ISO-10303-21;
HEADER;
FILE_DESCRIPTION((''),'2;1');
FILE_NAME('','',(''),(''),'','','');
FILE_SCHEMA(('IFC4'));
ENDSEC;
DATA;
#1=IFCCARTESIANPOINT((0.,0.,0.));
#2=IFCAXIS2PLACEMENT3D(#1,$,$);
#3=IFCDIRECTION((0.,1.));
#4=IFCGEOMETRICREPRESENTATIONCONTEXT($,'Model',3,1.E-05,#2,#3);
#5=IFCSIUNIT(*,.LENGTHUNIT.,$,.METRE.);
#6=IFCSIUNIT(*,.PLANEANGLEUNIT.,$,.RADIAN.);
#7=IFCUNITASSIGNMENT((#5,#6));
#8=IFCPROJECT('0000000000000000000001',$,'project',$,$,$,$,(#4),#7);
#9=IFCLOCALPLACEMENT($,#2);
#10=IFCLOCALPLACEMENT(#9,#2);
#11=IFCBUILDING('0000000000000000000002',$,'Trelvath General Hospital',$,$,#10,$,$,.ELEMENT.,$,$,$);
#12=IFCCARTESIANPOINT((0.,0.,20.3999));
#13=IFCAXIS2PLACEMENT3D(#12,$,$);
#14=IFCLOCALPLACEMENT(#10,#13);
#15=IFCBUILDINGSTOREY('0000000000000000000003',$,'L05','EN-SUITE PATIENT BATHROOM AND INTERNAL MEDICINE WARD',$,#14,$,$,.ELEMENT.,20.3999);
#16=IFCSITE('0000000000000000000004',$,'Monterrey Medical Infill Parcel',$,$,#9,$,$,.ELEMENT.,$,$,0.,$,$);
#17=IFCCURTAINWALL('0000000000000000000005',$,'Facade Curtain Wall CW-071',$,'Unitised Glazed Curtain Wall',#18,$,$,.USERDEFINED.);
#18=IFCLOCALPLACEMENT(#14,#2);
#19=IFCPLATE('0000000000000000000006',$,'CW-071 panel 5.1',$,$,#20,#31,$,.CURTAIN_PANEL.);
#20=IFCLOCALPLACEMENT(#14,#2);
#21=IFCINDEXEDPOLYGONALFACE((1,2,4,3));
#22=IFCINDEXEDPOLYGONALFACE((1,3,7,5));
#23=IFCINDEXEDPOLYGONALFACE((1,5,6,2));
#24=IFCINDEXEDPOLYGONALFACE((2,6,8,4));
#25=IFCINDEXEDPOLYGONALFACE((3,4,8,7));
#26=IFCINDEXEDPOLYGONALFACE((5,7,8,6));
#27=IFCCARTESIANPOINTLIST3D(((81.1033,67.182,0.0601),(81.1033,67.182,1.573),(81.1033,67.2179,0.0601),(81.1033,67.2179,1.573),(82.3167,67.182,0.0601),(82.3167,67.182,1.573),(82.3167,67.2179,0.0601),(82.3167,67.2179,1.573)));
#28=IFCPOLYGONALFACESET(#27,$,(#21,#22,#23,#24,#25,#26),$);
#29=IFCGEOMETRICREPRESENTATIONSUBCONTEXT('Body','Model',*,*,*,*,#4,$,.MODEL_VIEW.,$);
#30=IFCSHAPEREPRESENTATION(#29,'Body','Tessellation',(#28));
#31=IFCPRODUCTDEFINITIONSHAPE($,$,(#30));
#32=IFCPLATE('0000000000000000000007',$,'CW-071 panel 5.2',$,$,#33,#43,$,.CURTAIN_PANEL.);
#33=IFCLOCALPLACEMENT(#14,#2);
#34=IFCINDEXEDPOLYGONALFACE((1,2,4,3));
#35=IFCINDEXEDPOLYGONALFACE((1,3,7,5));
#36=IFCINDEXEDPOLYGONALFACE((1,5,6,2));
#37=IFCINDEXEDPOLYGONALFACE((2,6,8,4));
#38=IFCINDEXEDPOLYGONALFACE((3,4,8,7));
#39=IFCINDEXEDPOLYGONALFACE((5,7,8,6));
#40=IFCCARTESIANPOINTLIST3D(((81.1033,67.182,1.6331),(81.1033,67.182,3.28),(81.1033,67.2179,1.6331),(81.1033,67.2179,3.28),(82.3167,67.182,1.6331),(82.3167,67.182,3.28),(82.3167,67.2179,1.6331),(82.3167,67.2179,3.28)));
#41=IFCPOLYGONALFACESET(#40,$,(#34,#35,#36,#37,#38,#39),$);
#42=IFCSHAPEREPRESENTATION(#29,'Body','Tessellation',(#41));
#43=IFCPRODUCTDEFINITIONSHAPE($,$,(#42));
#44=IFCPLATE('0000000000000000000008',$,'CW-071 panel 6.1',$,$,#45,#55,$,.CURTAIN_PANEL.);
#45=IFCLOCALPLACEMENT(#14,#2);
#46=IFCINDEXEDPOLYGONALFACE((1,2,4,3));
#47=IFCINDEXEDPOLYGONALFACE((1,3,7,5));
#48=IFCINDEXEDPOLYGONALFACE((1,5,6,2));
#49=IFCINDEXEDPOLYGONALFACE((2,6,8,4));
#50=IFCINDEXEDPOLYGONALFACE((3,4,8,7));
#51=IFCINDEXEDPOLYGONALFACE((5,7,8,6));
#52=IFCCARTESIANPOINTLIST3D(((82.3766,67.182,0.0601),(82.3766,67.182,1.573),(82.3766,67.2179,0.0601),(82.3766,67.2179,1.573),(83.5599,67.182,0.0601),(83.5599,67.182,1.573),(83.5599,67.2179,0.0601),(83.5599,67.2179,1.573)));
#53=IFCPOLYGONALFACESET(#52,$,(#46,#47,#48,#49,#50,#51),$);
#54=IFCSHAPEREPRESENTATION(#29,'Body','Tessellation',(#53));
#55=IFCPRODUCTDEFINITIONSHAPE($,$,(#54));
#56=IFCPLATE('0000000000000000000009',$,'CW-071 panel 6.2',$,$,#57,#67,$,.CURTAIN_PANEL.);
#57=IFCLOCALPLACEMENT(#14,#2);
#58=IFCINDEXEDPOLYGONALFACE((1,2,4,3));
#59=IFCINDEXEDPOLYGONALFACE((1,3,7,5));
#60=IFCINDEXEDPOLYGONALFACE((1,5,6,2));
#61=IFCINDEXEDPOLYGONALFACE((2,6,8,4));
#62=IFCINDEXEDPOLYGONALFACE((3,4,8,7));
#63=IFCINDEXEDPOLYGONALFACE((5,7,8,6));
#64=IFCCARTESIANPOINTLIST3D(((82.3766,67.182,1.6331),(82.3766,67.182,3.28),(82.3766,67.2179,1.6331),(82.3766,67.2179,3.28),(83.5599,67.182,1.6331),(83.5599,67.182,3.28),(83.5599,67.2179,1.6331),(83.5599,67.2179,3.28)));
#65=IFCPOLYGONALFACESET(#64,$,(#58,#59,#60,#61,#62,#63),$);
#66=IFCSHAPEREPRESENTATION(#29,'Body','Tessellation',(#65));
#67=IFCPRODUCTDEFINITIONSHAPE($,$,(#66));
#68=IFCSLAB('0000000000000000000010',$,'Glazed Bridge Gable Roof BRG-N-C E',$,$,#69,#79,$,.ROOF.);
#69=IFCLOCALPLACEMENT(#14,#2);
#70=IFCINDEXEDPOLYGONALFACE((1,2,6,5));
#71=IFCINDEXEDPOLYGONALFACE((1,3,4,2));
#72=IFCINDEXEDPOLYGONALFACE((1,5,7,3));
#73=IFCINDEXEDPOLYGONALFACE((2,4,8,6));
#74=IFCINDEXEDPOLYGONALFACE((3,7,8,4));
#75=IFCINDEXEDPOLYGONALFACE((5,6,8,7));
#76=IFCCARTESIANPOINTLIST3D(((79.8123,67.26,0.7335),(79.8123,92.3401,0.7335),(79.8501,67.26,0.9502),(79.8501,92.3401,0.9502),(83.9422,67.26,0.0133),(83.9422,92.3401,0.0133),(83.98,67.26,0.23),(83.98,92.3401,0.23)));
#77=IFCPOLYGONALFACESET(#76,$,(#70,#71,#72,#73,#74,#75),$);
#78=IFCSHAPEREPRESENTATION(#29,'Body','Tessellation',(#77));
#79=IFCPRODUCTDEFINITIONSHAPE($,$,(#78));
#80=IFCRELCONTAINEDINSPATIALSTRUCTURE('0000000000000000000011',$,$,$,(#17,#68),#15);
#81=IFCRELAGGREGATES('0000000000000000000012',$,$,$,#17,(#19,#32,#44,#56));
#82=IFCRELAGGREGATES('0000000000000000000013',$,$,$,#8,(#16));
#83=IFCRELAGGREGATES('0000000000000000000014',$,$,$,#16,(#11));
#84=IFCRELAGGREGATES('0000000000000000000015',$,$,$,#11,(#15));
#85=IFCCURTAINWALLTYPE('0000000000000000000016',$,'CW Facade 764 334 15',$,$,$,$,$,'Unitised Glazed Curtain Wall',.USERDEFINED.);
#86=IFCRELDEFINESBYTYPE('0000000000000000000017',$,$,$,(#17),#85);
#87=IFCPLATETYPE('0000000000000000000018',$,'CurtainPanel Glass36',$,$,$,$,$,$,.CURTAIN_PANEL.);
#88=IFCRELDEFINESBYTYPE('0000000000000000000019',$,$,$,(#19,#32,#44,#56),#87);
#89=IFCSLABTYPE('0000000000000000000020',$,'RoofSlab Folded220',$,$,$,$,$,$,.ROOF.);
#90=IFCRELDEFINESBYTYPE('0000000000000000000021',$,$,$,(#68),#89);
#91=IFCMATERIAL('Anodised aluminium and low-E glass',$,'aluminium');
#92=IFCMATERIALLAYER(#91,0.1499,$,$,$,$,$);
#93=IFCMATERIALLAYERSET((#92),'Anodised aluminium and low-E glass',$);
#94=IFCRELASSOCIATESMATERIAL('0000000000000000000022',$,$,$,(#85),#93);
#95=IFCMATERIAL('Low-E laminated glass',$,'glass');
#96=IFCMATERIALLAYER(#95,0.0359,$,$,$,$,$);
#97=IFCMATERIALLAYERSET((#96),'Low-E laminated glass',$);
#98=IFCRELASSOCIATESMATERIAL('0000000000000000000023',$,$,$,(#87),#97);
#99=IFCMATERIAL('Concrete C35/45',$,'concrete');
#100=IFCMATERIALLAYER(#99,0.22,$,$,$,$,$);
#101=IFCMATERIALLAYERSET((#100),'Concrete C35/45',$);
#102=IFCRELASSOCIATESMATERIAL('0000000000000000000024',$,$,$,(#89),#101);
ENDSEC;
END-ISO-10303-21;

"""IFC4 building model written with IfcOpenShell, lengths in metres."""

from ifc_helpers import new_model, si_unit, direction, frame, origin, origin_2d, place, context, subcontext, project, spatial, polyline, rectangle, outline, extrude, material, layer, layer_set, type_object, element, aggregate, save


model = new_model("IFC4")

# Units and contexts
model_context = context("Model", 3, precision=1e-05, world=origin(), true_north=direction((0.0, 1.0)))
body_context = subcontext(model_context, "Body", "Model", "MODEL_VIEW")
ifc_project = project(units=[si_unit("LENGTHUNIT", "METRE"), si_unit("PLANEANGLEUNIT", "RADIAN")], contexts=[model_context])

# Site, building, storey
site_placement = place(None, origin())
site = spatial("IfcSite", under=ifc_project, at=site_placement, Name="Monterrey Medical Infill Parcel", CompositionType="ELEMENT", RefElevation=0.0)
building_placement = place(site_placement, origin())
building = spatial("IfcBuilding", under=site, at=building_placement, Name="Trelvath General Hospital", CompositionType="ELEMENT")
storey_placement = place(building_placement, frame((0.0, 0.0, 20.3999)))
storey = spatial("IfcBuildingStorey", under=building, at=storey_placement, Name="L05", Description="EN-SUITE PATIENT BATHROOM AND INTERNAL MEDICINE WARD", CompositionType="ELEMENT", Elevation=20.3999)

# Curtain wall
ifc_material_1 = material(Name="Anodised aluminium and low-E glass", Category="aluminium")
ifc_layer_1 = layer(ifc_material_1, 0.1499)
ifc_layer_set_1 = layer_set([ifc_layer_1], Name="Anodised aluminium and low-E glass")
curtain_wall_type = type_object("IfcCurtainWallType", Name="CW Facade 764 334 15", ElementType="Unitised Glazed Curtain Wall", PredefinedType="USERDEFINED", material=ifc_layer_set_1)
curtain_wall_1_placement = place(storey_placement, origin())
curtain_wall_1 = element("IfcCurtainWall", 1, at=curtain_wall_1_placement, inside=storey, type_object=curtain_wall_type, Name="Facade Curtain Wall CW-071", ObjectType="Unitised Glazed Curtain Wall", PredefinedType="USERDEFINED")

# Plates
ifc_material_2 = material(Name="Low-E laminated glass", Category="glass")
ifc_layer_2 = layer(ifc_material_2, 0.0359)
ifc_layer_set_2 = layer_set([ifc_layer_2], Name="Low-E laminated glass")
plate_type = type_object("IfcPlateType", Name="CurtainPanel Glass36", PredefinedType="CURTAIN_PANEL", material=ifc_layer_set_2)
plate_1_placement = place(storey_placement, frame((81.71, 67.2, 0.0601), z_axis=(0.0, 0.0, 1.0), x_axis=(1.0, 0.0, 0.0)))
plate_1 = element("IfcPlate", 2, at=plate_1_placement, type_object=plate_type, Name="CW-071 panel 5.1", PredefinedType="CURTAIN_PANEL", context=body_context, shape_type="SweptSolid", body=[
    extrude(rectangle(XDim=1.2134, YDim=0.0359, at=origin_2d()), origin(), (0.0, 0.0, 1.0), 1.5129),
])
plate_2_placement = place(storey_placement, frame((81.71, 67.2, 1.6331), z_axis=(0.0, 0.0, 1.0), x_axis=(1.0, 0.0, 0.0)))
plate_2 = element("IfcPlate", 3, at=plate_2_placement, type_object=plate_type, Name="CW-071 panel 5.2", PredefinedType="CURTAIN_PANEL", context=body_context, shape_type="SweptSolid", body=[
    extrude(rectangle(XDim=1.2134, YDim=0.0359, at=origin_2d()), origin(), (0.0, 0.0, 1.0), 1.647),
])
plate_3_placement = place(storey_placement, frame((82.9683, 67.2, 0.0601), z_axis=(0.0, 0.0, 1.0), x_axis=(1.0, 0.0, 0.0)))
plate_3 = element("IfcPlate", 4, at=plate_3_placement, type_object=plate_type, Name="CW-071 panel 6.1", PredefinedType="CURTAIN_PANEL", context=body_context, shape_type="SweptSolid", body=[
    extrude(rectangle(XDim=1.1833, YDim=0.0359, at=origin_2d()), origin(), (0.0, 0.0, 1.0), 1.5129),
])
plate_4_placement = place(storey_placement, frame((82.9683, 67.2, 1.6331), z_axis=(0.0, 0.0, 1.0), x_axis=(1.0, 0.0, 0.0)))
plate_4 = element("IfcPlate", 5, at=plate_4_placement, type_object=plate_type, Name="CW-071 panel 6.2", PredefinedType="CURTAIN_PANEL", context=body_context, shape_type="SweptSolid", body=[
    extrude(rectangle(XDim=1.1833, YDim=0.0359, at=origin_2d()), origin(), (0.0, 0.0, 1.0), 1.647),
])
aggregate(curtain_wall_1, [plate_1, plate_2, plate_3, plate_4])

# Slab
ifc_material_3 = material(Name="Concrete C35/45", Category="concrete")
ifc_layer_3 = layer(ifc_material_3, 0.22)
ifc_layer_set_3 = layer_set([ifc_layer_3], Name="Concrete C35/45")
slab_type = type_object("IfcSlabType", Name="RoofSlab Folded220", PredefinedType="ROOF", material=ifc_layer_set_3)
slab_placement = place(storey_placement, frame((79.8501, 67.26, 0.9502), z_axis=(0.171798, 0.0, 0.985132), x_axis=(0.985132, 0.0, -0.171798)))
element("IfcSlab", 6, at=slab_placement, inside=storey, type_object=slab_type, Name="Glazed Bridge Gable Roof BRG-N-C E", PredefinedType="ROOF", context=body_context, shape_type="SweptSolid", body=[
    extrude(outline(polyline([(0.0, 0.0), (4.1922, 0.0), (4.1922, 25.0801), (0.0, 25.0801), (0.0, 0.0)])), origin(), (0.0, 0.0, -1.0), 0.22),
])

save(model, "model.ifc")
